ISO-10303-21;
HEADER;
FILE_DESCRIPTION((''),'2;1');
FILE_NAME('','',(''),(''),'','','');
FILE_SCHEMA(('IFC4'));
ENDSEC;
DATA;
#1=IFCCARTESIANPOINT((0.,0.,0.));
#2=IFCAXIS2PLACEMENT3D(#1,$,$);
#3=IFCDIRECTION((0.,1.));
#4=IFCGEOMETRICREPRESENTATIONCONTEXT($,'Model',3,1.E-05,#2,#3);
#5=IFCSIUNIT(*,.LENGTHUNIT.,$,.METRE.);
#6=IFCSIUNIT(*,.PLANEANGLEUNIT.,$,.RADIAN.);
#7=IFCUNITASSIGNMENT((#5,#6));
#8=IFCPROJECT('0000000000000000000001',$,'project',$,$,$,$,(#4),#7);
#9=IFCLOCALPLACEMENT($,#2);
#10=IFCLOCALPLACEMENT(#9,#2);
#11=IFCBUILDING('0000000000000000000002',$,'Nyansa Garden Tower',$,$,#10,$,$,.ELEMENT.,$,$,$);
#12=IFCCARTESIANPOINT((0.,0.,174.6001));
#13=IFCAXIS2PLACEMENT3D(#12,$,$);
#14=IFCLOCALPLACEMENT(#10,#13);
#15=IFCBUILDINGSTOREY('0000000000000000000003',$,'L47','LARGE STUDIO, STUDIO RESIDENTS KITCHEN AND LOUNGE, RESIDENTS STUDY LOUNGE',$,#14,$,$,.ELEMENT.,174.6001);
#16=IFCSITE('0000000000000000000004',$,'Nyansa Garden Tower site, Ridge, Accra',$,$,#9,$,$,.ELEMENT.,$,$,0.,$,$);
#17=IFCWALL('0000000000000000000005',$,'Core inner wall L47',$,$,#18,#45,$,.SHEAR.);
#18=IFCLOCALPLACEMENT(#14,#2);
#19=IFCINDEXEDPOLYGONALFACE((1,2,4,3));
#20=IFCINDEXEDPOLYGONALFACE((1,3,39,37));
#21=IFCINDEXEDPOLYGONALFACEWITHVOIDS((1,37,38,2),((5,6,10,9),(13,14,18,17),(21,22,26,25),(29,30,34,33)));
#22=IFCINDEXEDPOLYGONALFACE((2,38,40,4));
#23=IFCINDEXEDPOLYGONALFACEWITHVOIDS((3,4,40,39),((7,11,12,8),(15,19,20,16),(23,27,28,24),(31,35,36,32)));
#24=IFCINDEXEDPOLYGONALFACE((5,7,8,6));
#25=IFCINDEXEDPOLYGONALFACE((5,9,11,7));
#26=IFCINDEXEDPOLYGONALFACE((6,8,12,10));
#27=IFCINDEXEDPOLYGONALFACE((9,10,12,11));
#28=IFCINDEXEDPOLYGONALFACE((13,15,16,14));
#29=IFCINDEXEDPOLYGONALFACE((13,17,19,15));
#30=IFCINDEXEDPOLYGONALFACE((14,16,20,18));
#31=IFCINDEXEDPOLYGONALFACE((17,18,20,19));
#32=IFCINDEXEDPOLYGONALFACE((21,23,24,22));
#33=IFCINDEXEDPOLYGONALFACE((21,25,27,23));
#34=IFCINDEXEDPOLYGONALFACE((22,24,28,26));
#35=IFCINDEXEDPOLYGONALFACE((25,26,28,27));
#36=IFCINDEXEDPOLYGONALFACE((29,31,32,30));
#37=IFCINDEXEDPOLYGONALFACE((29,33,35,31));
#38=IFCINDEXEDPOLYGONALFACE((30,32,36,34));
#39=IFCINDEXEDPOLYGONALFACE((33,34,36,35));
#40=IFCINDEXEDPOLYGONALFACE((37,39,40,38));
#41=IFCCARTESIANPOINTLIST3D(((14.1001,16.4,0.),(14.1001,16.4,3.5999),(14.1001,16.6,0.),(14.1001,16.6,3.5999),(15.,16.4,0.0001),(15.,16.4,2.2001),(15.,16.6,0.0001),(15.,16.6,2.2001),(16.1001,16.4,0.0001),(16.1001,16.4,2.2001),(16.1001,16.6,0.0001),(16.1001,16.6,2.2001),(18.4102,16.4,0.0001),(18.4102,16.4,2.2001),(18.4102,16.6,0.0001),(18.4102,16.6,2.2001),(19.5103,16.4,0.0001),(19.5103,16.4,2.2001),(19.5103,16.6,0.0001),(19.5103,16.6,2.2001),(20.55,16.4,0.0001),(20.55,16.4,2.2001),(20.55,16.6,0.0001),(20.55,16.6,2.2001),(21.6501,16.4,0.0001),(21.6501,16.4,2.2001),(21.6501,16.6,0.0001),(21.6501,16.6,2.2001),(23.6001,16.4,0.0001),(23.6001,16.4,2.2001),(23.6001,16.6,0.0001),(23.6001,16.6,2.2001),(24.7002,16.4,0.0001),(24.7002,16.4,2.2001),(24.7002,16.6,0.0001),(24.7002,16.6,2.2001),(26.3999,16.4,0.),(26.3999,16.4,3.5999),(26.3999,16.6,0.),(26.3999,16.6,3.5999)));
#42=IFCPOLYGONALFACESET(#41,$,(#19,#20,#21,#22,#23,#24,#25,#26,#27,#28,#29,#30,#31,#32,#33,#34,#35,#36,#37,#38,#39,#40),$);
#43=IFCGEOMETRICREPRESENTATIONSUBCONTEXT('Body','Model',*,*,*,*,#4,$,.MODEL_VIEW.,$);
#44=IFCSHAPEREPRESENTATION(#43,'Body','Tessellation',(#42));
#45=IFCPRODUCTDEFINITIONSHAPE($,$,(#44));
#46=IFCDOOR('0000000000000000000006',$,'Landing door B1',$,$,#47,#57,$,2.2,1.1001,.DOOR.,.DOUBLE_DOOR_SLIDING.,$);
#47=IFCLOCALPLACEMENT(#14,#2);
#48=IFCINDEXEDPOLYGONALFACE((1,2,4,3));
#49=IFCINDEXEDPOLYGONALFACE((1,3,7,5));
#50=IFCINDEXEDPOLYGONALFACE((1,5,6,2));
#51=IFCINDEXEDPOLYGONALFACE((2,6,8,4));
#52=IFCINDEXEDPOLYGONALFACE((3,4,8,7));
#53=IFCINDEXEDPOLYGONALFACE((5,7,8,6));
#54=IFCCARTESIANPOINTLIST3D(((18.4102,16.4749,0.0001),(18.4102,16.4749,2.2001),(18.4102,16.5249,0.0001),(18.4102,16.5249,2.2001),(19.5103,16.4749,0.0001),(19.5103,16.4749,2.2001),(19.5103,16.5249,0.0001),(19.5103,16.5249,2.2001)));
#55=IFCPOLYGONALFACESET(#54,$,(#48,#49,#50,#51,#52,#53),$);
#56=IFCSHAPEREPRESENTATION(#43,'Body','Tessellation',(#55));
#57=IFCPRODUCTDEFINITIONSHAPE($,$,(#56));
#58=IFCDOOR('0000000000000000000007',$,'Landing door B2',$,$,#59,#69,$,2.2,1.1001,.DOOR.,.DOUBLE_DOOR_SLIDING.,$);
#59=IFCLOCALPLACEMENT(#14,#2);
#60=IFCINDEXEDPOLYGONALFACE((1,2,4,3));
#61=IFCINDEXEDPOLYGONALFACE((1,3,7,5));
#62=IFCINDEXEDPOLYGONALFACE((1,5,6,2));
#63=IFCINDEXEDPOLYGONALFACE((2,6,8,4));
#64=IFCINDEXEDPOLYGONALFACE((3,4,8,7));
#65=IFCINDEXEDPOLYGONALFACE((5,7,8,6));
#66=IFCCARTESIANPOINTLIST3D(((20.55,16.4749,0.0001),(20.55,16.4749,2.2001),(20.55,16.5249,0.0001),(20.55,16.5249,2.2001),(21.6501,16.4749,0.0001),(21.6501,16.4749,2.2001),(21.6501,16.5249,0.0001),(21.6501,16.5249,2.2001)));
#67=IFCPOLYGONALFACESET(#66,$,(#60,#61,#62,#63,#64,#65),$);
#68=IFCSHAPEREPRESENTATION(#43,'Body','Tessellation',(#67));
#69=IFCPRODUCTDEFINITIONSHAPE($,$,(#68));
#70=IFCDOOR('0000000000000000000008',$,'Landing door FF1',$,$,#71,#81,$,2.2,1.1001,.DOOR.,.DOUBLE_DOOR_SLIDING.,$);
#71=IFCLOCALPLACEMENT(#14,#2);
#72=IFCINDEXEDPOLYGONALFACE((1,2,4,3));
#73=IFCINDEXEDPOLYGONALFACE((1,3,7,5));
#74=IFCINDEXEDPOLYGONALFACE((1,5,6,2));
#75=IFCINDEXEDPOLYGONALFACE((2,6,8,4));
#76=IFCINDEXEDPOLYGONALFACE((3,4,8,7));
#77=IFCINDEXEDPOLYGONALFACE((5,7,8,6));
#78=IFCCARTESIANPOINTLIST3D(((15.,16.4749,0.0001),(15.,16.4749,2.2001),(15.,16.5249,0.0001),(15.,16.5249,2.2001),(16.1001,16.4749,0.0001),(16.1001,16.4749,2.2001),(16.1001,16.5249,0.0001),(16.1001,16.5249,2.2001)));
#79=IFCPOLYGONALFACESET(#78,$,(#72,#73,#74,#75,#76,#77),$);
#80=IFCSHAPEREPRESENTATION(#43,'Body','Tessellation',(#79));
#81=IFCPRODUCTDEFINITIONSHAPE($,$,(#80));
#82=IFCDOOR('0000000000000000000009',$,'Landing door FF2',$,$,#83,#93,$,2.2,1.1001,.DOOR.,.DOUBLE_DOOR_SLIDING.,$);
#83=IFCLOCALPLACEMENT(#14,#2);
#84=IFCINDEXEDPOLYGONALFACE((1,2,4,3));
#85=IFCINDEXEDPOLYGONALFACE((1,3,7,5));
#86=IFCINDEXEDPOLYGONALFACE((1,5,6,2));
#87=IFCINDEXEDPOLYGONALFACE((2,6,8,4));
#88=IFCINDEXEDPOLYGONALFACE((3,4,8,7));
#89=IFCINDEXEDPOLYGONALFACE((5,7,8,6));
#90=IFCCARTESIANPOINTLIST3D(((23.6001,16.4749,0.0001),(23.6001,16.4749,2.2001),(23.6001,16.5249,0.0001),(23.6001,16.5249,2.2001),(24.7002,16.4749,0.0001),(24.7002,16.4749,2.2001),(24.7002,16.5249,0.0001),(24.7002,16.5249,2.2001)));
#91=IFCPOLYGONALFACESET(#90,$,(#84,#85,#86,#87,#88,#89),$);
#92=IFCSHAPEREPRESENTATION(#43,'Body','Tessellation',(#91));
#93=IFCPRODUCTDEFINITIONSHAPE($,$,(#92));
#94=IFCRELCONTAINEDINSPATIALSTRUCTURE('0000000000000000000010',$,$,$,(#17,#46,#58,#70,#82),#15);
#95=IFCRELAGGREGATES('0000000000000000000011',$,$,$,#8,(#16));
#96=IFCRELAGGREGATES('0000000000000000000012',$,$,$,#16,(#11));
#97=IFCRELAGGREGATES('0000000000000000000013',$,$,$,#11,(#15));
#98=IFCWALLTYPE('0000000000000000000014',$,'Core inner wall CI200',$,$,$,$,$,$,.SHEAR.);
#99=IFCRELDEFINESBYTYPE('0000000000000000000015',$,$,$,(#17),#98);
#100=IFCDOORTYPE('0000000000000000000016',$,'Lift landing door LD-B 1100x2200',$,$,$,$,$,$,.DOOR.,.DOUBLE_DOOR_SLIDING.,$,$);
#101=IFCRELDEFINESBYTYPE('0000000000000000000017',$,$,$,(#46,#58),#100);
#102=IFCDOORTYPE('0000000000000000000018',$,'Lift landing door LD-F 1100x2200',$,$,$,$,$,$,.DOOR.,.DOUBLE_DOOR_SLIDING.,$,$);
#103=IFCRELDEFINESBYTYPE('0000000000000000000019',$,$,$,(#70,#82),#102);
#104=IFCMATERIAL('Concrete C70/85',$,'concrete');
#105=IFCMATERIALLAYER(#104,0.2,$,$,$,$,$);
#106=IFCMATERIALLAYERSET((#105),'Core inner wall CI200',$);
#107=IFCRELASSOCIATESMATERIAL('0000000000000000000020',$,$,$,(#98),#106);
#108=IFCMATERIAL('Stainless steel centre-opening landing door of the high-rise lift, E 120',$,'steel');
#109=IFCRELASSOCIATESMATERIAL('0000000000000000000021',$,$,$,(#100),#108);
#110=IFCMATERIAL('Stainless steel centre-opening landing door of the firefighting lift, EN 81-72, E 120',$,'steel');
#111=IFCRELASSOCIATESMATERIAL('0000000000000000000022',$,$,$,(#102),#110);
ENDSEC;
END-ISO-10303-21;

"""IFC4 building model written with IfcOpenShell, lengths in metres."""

from ifc_helpers import new_model, si_unit, direction, frame, frame_2d, origin, place, context, subcontext, project, spatial, rectangle, extrude, material, layer, layer_set, type_object, element, fill, save


model = new_model("IFC4")

# Units and contexts
model_context = context("Model", 3, precision=1e-05, world=origin(), true_north=direction((0.0, 1.0)))
body_context = subcontext(model_context, "Body", "Model", "MODEL_VIEW")
ifc_project = project(units=[si_unit("LENGTHUNIT", "METRE"), si_unit("PLANEANGLEUNIT", "RADIAN")], contexts=[model_context])

# Site, building, storey
site_placement = place(None, origin())
site = spatial("IfcSite", under=ifc_project, at=site_placement, Name="Nyansa Garden Tower site, Ridge, Accra", CompositionType="ELEMENT", RefElevation=0.0)
building_placement = place(site_placement, origin())
building = spatial("IfcBuilding", under=site, at=building_placement, Name="Nyansa Garden Tower", CompositionType="ELEMENT")
storey_placement = place(building_placement, frame((0.0, 0.0, 174.6001)))
storey = spatial("IfcBuildingStorey", under=building, at=storey_placement, Name="L47", Description="LARGE STUDIO, STUDIO RESIDENTS KITCHEN AND LOUNGE, RESIDENTS STUDY LOUNGE", CompositionType="ELEMENT", Elevation=174.6001)

# Wall, openings, doors
ifc_material_1 = material(Name="Concrete C70/85", Category="concrete")
ifc_layer_1 = layer(ifc_material_1, 0.2)
ifc_layer_set_1 = layer_set([ifc_layer_1], Name="Core inner wall CI200")
wall_type_1 = type_object("IfcWallType", Name="Core inner wall CI200", PredefinedType="SHEAR", material=ifc_layer_set_1)
wall_1_placement = place(storey_placement, frame((14.1001, 16.5, 0.0), z_axis=(0.0, 0.0, 1.0), x_axis=(1.0, 0.0, 0.0)))
wall_1 = element("IfcWall", 1, at=wall_1_placement, inside=storey, type_object=wall_type_1, Name="Core inner wall L47", PredefinedType="SHEAR", context=body_context, shape_type="SweptSolid", body=[
    extrude(rectangle(XDim=12.2998, YDim=0.2, at=frame_2d((6.1499, 0.0))), origin(), (0.0, 0.0, 1.0), 3.5999),
])
opening_1_placement = place(wall_1_placement, frame((0.8999, 0.0, 0.0)))
opening_1 = element("IfcOpeningElement", 2, at=opening_1_placement, cuts=wall_1, PredefinedType="OPENING", context=body_context, shape_type="SweptSolid", body=[
    extrude(rectangle(XDim=1.1001, YDim=2.2, at=frame_2d((0.55, 1.1001))), frame((0.0, 0.1099, 0.0), z_axis=(0.0, -1.0, 0.0), x_axis=(1.0, 0.0, 0.0)), (0.0, 0.0, 1.0), 0.22),
])
opening_2_placement = place(wall_1_placement, frame((4.3101, 0.0, 0.0)))
opening_2 = element("IfcOpeningElement", 3, at=opening_2_placement, cuts=wall_1, PredefinedType="OPENING", context=body_context, shape_type="SweptSolid", body=[
    extrude(rectangle(XDim=1.1001, YDim=2.2, at=frame_2d((0.55, 1.1001))), frame((0.0, 0.1099, 0.0), z_axis=(0.0, -1.0, 0.0), x_axis=(1.0, 0.0, 0.0)), (0.0, 0.0, 1.0), 0.22),
])
opening_3_placement = place(wall_1_placement, frame((6.45, 0.0, 0.0)))
opening_3 = element("IfcOpeningElement", 4, at=opening_3_placement, cuts=wall_1, PredefinedType="OPENING", context=body_context, shape_type="SweptSolid", body=[
    extrude(rectangle(XDim=1.1001, YDim=2.2, at=frame_2d((0.55, 1.1001))), frame((0.0, 0.1099, 0.0), z_axis=(0.0, -1.0, 0.0), x_axis=(1.0, 0.0, 0.0)), (0.0, 0.0, 1.0), 0.22),
])
opening_4_placement = place(wall_1_placement, frame((9.5, 0.0, 0.0)))
opening_4 = element("IfcOpeningElement", 5, at=opening_4_placement, cuts=wall_1, PredefinedType="OPENING", context=body_context, shape_type="SweptSolid", body=[
    extrude(rectangle(XDim=1.1001, YDim=2.2, at=frame_2d((0.55, 1.1001))), frame((0.0, 0.1099, 0.0), z_axis=(0.0, -1.0, 0.0), x_axis=(1.0, 0.0, 0.0)), (0.0, 0.0, 1.0), 0.22),
])
ifc_material_2 = material(Name="Stainless steel centre-opening landing door of the high-rise lift, E 120", Category="steel")
door_type_1 = type_object("IfcDoorType", Name="Lift landing door LD-B 1100x2200", OperationType="DOUBLE_DOOR_SLIDING", PredefinedType="DOOR", material=ifc_material_2)
door_1_placement = place(opening_2_placement, origin())
door_1 = element("IfcDoor", 6, at=door_1_placement, inside=storey, type_object=door_type_1, Name="Landing door B1", OperationType="DOUBLE_DOOR_SLIDING", OverallHeight=2.2, OverallWidth=1.1001, PredefinedType="DOOR", context=body_context, shape_type="SweptSolid", body=[
    extrude(rectangle(XDim=1.1001, YDim=2.2, at=frame_2d((0.55, 1.1001))), frame((0.0, 0.0249, 0.0), z_axis=(0.0, -1.0, 0.0), x_axis=(1.0, 0.0, 0.0)), (0.0, 0.0, 1.0), 0.05),
])
fill(opening_2, door_1)
door_2_placement = place(opening_3_placement, origin())
door_2 = element("IfcDoor", 7, at=door_2_placement, inside=storey, type_object=door_type_1, Name="Landing door B2", OperationType="DOUBLE_DOOR_SLIDING", OverallHeight=2.2, OverallWidth=1.1001, PredefinedType="DOOR", context=body_context, shape_type="SweptSolid", body=[
    extrude(rectangle(XDim=1.1001, YDim=2.2, at=frame_2d((0.55, 1.1001))), frame((0.0, 0.0249, 0.0), z_axis=(0.0, -1.0, 0.0), x_axis=(1.0, 0.0, 0.0)), (0.0, 0.0, 1.0), 0.05),
])
fill(opening_3, door_2)
ifc_material_3 = material(Name="Stainless steel centre-opening landing door of the firefighting lift, EN 81-72, E 120", Category="steel")
door_type_2 = type_object("IfcDoorType", Name="Lift landing door LD-F 1100x2200", OperationType="DOUBLE_DOOR_SLIDING", PredefinedType="DOOR", material=ifc_material_3)
door_3_placement = place(opening_1_placement, origin())
door_3 = element("IfcDoor", 8, at=door_3_placement, inside=storey, type_object=door_type_2, Name="Landing door FF1", OperationType="DOUBLE_DOOR_SLIDING", OverallHeight=2.2, OverallWidth=1.1001, PredefinedType="DOOR", context=body_context, shape_type="SweptSolid", body=[
    extrude(rectangle(XDim=1.1001, YDim=2.2, at=frame_2d((0.55, 1.1001))), frame((0.0, 0.0249, 0.0), z_axis=(0.0, -1.0, 0.0), x_axis=(1.0, 0.0, 0.0)), (0.0, 0.0, 1.0), 0.05),
])
fill(opening_1, door_3)
door_4_placement = place(opening_4_placement, origin())
door_4 = element("IfcDoor", 9, at=door_4_placement, inside=storey, type_object=door_type_2, Name="Landing door FF2", OperationType="DOUBLE_DOOR_SLIDING", OverallHeight=2.2, OverallWidth=1.1001, PredefinedType="DOOR", context=body_context, shape_type="SweptSolid", body=[
    extrude(rectangle(XDim=1.1001, YDim=2.2, at=frame_2d((0.55, 1.1001))), frame((0.0, 0.0249, 0.0), z_axis=(0.0, -1.0, 0.0), x_axis=(1.0, 0.0, 0.0)), (0.0, 0.0, 1.0), 0.05),
])
fill(opening_4, door_4)

save(model, "model.ifc")
